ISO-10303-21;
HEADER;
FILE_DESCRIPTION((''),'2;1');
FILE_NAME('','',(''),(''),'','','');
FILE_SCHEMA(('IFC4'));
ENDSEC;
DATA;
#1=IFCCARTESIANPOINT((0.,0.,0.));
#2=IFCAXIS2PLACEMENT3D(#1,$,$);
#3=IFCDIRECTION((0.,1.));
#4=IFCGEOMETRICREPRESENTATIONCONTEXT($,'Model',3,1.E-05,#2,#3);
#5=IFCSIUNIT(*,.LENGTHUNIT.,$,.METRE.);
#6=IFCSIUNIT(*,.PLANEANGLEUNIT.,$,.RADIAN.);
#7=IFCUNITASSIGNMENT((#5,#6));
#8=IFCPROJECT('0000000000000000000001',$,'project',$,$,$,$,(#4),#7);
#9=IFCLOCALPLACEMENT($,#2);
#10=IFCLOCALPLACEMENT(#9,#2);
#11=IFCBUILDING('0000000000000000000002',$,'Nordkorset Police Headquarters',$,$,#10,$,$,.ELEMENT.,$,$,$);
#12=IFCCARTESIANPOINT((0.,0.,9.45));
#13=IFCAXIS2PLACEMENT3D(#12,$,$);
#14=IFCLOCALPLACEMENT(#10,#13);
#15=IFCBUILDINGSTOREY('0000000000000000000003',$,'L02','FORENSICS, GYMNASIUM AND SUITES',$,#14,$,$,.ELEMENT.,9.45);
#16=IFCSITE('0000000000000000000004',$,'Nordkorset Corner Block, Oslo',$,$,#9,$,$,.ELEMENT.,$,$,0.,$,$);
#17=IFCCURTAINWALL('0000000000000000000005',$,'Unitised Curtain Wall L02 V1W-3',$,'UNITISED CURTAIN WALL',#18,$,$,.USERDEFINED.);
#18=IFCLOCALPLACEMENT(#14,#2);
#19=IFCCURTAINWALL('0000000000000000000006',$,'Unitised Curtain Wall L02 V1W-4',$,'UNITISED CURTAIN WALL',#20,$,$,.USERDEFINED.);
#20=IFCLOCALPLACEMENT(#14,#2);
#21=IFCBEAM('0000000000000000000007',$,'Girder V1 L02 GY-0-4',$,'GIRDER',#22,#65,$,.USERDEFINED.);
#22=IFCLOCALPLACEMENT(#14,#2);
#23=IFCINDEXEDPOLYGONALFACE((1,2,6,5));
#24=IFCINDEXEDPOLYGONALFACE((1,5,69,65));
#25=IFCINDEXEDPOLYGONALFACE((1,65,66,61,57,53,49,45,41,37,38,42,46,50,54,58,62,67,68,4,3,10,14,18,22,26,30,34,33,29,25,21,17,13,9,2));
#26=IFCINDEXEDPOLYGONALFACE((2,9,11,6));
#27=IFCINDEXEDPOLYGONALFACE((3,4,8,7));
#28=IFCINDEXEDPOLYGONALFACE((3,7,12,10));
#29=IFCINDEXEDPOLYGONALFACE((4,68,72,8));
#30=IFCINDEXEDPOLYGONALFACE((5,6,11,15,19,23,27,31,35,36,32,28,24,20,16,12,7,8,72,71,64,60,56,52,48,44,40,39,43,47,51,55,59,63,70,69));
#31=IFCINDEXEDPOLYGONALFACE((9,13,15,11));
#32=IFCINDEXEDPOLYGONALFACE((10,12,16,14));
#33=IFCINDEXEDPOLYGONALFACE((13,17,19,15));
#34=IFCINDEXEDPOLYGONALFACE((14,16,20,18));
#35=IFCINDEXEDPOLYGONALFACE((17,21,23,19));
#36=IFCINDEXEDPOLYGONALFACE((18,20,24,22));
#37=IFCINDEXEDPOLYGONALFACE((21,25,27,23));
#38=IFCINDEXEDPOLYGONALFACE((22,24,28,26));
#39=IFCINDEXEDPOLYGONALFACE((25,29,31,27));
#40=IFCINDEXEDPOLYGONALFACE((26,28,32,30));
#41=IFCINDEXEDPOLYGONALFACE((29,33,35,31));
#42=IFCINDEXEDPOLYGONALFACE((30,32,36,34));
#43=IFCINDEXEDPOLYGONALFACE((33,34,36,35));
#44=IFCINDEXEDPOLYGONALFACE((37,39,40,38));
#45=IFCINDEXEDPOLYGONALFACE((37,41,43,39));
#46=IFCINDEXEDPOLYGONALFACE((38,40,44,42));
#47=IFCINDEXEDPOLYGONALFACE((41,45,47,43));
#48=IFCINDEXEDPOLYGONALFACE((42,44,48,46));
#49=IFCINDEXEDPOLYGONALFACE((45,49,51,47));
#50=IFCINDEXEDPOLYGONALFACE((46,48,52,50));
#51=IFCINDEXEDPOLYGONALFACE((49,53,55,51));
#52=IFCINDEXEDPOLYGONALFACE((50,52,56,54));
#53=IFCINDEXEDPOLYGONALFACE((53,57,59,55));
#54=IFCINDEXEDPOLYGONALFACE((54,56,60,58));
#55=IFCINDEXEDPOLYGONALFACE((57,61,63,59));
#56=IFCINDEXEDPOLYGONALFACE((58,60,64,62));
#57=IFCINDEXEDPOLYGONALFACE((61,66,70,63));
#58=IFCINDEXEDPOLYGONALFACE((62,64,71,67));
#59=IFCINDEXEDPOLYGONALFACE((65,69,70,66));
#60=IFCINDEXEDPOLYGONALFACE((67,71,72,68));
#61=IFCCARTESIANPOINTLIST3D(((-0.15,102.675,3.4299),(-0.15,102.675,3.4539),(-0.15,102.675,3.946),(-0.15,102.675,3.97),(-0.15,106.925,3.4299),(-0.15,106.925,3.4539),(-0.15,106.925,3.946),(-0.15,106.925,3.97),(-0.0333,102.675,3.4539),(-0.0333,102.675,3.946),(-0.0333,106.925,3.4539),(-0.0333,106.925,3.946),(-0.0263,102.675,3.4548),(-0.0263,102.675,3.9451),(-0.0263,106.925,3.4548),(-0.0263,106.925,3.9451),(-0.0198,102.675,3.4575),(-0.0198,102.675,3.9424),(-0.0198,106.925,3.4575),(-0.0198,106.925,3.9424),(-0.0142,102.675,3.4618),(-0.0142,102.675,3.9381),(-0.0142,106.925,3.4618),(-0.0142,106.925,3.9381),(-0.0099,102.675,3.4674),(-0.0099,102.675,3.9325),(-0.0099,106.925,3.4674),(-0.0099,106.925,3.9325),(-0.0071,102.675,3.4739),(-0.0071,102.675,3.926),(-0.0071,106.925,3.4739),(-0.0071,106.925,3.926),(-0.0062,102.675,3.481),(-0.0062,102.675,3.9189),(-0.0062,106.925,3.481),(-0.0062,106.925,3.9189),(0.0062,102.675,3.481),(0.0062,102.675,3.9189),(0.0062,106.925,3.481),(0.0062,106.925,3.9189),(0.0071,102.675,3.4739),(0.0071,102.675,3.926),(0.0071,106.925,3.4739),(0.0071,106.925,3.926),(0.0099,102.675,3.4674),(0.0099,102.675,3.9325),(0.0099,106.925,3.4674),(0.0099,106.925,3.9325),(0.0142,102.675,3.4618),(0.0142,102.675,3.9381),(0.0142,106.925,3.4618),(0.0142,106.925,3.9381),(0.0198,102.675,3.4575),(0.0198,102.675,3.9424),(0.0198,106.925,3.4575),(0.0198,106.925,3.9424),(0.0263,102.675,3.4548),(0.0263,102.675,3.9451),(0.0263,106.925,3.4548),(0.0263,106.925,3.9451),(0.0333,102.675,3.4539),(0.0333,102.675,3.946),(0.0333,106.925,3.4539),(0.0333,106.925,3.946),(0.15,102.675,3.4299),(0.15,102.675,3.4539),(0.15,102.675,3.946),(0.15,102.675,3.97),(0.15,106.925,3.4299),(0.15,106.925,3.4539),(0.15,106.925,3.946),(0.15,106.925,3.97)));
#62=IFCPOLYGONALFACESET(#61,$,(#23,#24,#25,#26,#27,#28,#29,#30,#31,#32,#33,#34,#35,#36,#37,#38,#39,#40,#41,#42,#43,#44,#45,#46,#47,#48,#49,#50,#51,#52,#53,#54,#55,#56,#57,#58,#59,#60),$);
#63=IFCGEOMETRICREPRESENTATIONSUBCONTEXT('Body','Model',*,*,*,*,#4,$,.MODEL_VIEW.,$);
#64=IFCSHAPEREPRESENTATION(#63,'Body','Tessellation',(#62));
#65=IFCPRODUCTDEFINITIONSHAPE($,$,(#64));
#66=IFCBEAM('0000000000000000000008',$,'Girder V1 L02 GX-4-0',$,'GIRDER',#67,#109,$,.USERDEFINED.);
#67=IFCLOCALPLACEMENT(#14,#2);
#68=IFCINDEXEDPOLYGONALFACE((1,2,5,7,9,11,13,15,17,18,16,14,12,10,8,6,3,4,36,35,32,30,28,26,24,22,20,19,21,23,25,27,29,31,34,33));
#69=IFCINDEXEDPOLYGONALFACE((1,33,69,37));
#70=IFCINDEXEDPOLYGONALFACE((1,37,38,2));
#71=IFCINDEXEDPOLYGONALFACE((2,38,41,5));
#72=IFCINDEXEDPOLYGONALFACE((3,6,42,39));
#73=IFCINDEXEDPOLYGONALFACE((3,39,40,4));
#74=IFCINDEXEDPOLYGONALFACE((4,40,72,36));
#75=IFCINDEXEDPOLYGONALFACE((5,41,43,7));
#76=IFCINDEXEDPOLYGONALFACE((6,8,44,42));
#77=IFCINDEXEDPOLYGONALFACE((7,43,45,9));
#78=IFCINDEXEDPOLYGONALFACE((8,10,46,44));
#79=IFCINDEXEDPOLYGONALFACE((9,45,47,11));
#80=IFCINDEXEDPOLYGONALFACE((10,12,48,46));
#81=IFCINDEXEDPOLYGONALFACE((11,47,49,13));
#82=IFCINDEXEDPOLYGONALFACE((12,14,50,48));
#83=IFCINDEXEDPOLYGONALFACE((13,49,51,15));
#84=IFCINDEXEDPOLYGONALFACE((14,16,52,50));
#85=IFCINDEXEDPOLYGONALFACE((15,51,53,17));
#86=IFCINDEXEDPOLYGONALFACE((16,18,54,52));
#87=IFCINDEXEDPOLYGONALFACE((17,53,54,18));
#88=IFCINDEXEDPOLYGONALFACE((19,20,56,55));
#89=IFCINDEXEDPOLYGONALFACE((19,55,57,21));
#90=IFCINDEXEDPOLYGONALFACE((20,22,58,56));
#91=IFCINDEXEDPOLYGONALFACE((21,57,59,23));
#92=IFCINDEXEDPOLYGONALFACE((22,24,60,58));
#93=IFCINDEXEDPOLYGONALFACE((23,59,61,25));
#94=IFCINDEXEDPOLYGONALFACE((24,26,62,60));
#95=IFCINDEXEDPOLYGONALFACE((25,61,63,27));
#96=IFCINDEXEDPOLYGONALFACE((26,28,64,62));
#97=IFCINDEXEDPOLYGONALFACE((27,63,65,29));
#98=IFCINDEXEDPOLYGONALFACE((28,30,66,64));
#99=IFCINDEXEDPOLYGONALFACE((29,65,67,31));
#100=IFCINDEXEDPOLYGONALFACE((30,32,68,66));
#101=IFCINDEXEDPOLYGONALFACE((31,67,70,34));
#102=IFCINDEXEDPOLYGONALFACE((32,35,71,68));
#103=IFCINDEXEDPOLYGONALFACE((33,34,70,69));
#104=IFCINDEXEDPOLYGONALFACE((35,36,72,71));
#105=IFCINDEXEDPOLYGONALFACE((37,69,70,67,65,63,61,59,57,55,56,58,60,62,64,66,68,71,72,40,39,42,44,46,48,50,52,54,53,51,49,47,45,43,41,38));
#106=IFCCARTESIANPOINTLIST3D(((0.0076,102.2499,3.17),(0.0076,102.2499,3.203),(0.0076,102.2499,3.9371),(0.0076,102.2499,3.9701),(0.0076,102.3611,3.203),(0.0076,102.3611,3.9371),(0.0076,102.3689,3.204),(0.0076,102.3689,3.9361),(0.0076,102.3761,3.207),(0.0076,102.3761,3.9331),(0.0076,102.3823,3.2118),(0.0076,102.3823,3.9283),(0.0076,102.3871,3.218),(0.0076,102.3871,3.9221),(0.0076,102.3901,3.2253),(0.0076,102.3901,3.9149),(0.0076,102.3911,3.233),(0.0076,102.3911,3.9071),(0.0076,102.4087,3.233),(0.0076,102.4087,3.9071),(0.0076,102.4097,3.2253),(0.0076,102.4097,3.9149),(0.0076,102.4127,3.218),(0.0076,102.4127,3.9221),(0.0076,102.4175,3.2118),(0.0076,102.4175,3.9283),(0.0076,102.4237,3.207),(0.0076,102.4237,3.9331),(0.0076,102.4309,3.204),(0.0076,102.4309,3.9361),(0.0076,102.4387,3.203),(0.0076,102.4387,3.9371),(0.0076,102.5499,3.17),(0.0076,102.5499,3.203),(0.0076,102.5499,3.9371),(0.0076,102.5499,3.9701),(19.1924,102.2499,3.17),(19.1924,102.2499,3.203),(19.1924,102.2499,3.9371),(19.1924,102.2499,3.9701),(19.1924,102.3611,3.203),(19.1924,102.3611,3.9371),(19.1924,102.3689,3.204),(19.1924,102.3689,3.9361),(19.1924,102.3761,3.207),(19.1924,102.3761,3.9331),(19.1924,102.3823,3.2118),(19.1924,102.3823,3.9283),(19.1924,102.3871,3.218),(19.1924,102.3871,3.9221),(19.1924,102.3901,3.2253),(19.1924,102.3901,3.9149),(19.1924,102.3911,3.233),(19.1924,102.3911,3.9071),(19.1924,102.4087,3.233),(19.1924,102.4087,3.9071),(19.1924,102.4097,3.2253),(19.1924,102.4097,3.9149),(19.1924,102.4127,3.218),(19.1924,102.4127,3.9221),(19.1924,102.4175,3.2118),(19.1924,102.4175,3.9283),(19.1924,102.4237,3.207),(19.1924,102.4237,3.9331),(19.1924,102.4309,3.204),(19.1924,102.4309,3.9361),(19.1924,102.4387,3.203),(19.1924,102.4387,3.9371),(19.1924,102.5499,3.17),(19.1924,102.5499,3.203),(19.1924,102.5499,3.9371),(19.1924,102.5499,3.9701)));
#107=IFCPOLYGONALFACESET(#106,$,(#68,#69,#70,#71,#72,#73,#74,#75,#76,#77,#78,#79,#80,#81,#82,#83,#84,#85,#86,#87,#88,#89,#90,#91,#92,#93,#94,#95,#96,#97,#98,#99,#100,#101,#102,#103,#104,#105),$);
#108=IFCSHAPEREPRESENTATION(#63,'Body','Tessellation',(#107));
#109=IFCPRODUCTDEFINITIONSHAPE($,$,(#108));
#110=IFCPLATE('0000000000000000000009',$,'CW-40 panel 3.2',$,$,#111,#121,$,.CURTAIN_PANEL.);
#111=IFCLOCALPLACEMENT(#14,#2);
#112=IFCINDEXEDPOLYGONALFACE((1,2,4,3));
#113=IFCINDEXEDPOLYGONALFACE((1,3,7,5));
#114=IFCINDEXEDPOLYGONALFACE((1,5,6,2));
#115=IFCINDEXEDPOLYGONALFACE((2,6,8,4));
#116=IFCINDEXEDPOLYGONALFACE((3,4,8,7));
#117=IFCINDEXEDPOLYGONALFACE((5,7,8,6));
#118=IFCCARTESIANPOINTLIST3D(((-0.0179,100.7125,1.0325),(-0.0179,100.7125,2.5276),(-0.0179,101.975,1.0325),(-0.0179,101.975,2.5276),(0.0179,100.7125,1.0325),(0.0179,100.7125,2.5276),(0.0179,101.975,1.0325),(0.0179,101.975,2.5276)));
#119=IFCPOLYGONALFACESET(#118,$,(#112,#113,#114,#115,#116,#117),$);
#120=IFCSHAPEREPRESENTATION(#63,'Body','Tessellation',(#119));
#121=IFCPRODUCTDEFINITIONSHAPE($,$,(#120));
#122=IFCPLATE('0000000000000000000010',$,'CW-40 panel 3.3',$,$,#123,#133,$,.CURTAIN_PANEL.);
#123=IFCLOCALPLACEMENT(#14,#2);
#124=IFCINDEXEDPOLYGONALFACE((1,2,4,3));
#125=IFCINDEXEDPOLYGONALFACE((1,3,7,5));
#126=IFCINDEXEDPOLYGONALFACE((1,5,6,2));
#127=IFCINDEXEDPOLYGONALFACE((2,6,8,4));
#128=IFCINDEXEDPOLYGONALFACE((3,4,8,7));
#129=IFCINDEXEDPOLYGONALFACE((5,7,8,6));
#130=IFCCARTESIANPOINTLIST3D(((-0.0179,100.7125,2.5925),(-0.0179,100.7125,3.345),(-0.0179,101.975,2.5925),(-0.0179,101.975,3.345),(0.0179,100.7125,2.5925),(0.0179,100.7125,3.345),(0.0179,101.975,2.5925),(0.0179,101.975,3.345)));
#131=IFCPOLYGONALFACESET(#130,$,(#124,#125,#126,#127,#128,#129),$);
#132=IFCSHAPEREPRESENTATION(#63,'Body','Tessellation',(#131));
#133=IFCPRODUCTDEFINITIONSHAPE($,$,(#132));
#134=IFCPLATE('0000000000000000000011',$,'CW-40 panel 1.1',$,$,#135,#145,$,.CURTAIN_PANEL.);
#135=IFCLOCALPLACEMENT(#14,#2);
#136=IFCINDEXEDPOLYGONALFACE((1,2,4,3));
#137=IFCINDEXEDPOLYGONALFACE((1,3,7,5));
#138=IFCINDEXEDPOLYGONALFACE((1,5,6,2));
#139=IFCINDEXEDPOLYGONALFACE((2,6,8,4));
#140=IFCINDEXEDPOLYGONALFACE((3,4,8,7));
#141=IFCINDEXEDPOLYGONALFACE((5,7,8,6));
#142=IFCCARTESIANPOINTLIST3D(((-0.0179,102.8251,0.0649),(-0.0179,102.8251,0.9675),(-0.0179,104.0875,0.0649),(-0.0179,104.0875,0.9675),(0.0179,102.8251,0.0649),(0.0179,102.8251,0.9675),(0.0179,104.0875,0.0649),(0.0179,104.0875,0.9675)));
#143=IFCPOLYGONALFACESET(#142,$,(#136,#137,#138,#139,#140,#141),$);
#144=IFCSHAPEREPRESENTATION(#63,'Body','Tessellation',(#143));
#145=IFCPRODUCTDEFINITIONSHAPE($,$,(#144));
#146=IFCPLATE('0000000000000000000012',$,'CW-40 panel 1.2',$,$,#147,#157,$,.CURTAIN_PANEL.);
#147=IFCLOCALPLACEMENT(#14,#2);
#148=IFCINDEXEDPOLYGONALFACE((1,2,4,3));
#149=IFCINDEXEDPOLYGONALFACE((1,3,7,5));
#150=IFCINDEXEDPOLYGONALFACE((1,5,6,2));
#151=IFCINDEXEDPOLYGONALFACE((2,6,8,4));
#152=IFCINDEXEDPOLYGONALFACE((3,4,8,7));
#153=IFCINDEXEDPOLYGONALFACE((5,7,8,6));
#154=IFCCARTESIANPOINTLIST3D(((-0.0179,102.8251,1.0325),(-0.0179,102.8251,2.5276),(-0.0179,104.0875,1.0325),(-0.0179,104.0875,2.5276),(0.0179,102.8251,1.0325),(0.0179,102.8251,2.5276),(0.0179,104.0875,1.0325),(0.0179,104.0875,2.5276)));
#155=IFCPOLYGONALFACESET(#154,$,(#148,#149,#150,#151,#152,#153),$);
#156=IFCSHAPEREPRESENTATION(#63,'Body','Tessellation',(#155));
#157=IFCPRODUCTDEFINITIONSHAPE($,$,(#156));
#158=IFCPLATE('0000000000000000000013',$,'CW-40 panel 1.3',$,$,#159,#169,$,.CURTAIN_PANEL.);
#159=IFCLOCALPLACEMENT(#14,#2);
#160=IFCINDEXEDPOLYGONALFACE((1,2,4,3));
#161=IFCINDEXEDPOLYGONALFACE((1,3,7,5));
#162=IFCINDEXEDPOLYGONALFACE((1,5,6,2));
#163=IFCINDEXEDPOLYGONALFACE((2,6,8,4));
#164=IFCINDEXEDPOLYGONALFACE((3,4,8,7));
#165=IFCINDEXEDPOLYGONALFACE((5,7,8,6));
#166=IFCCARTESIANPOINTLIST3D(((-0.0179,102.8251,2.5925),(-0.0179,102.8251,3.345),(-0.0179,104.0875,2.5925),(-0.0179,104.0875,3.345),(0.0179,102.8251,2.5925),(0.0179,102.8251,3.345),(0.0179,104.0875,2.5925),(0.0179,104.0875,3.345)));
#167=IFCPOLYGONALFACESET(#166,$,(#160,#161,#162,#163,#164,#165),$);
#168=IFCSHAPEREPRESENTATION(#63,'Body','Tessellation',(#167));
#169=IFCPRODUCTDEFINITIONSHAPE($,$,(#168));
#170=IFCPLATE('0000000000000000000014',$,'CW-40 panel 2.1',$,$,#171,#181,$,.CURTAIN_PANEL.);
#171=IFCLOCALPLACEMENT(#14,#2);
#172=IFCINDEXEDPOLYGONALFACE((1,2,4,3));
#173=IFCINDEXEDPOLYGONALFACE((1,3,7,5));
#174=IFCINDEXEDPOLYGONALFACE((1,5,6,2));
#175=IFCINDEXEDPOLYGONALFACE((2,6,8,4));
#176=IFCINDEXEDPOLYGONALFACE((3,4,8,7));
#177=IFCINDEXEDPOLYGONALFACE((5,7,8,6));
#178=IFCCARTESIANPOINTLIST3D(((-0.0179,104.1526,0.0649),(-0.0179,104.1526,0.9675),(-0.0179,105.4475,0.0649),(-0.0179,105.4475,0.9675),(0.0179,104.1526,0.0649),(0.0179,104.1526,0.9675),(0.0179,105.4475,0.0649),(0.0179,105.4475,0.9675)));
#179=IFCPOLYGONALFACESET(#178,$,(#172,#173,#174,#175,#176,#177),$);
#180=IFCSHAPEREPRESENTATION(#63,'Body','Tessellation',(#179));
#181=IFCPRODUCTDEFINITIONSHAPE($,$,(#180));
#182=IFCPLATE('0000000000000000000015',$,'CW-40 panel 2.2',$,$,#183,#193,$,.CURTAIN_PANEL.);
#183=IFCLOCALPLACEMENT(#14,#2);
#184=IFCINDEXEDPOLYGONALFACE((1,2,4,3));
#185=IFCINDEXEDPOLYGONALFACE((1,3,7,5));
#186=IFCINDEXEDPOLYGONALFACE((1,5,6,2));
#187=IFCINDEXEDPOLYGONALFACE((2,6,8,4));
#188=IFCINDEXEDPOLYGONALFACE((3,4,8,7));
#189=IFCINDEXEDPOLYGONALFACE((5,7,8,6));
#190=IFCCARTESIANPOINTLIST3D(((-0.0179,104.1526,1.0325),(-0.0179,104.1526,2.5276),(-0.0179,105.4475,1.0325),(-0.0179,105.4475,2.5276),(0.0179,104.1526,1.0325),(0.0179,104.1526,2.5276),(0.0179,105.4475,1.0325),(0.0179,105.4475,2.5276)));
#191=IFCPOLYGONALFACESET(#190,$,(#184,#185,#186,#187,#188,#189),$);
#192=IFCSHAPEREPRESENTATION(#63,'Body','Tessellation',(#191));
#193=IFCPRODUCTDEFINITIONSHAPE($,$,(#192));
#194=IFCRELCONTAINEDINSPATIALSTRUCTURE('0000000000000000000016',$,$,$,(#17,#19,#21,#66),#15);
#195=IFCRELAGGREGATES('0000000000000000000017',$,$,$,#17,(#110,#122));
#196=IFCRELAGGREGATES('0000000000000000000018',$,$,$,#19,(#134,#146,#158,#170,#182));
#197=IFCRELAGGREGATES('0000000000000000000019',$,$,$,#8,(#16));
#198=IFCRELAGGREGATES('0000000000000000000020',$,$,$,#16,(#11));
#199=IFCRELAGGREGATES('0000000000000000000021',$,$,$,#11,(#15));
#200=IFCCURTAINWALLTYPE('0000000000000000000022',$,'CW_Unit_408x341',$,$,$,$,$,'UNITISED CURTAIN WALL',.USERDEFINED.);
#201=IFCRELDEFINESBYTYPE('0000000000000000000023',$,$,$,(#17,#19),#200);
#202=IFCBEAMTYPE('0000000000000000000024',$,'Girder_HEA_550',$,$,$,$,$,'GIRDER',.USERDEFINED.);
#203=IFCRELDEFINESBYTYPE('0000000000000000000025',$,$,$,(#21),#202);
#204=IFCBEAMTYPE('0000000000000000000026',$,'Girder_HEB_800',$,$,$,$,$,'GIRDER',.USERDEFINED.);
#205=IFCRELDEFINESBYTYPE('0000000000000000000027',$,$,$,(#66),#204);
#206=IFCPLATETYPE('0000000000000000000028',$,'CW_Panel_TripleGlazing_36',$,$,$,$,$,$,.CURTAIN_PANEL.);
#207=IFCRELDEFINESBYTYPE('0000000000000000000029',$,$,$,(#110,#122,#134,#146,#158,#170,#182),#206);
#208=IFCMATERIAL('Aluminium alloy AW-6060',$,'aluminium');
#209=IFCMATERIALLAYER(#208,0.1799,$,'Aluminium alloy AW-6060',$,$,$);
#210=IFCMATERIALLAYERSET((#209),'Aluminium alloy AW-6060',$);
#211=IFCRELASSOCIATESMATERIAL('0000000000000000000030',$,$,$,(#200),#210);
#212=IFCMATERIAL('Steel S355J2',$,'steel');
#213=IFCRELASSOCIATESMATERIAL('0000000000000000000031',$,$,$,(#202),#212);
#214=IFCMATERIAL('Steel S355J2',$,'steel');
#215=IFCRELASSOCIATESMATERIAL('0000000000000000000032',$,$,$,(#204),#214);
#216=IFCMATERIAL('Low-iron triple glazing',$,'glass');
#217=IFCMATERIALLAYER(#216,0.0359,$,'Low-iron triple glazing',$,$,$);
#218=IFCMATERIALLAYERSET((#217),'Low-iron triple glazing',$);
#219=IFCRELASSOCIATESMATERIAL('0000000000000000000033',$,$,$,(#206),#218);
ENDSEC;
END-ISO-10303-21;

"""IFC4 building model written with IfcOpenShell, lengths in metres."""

from ifc_helpers import new_model, si_unit, direction, frame, origin, origin_2d, place, context, subcontext, project, spatial, rectangle, i_section, extrude, material, layer, layer_set, material_profile, profile_set, type_object, element, aggregate, save


model = new_model("IFC4")

# Units and contexts
model_context = context("Model", 3, precision=1e-05, world=origin(), true_north=direction((0.0, 1.0)))
body_context = subcontext(model_context, "Body", "Model", "MODEL_VIEW")
ifc_project = project(units=[si_unit("LENGTHUNIT", "METRE"), si_unit("PLANEANGLEUNIT", "RADIAN")], contexts=[model_context])

# Site, building, storey
site_placement = place(None, origin())
site = spatial("IfcSite", under=ifc_project, at=site_placement, Name="Nordkorset Corner Block, Oslo", CompositionType="ELEMENT", RefElevation=0.0)
building_placement = place(site_placement, origin())
building = spatial("IfcBuilding", under=site, at=building_placement, Name="Nordkorset Police Headquarters", CompositionType="ELEMENT")
storey_placement = place(building_placement, frame((0.0, 0.0, 9.45)))
storey = spatial("IfcBuildingStorey", under=building, at=storey_placement, Name="L02", Description="FORENSICS, GYMNASIUM AND SUITES", CompositionType="ELEMENT", Elevation=9.45)

# Curtain wall
ifc_material_1 = material(Name="Aluminium alloy AW-6060", Category="aluminium")
ifc_layer_1 = layer(ifc_material_1, 0.1799, Name="Aluminium alloy AW-6060")
ifc_layer_set_1 = layer_set([ifc_layer_1], Name="Aluminium alloy AW-6060")
curtain_wall_type = type_object("IfcCurtainWallType", Name="CW_Unit_408x341", ElementType="UNITISED CURTAIN WALL", PredefinedType="USERDEFINED", material=ifc_layer_set_1)
curtain_wall_1_placement = place(storey_placement, origin())
curtain_wall_1 = element("IfcCurtainWall", 1, at=curtain_wall_1_placement, inside=storey, type_object=curtain_wall_type, Name="Unitised Curtain Wall L02 V1W-3", ObjectType="UNITISED CURTAIN WALL", PredefinedType="USERDEFINED")

# Curtain wall
curtain_wall_2_placement = place(storey_placement, origin())
curtain_wall_2 = element("IfcCurtainWall", 2, at=curtain_wall_2_placement, inside=storey, type_object=curtain_wall_type, Name="Unitised Curtain Wall L02 V1W-4", ObjectType="UNITISED CURTAIN WALL", PredefinedType="USERDEFINED")

# Beams
ifc_material_2 = material(Name="Steel S355J2", Category="steel")
ifc_material_profile_1 = material_profile(ifc_material_2, i_section(OverallWidth=0.3, OverallDepth=0.54, WebThickness=0.0125, FlangeThickness=0.0239, FilletRadius=0.0271, at=origin_2d()), Name="HEA 550")
ifc_profile_set_1 = profile_set([ifc_material_profile_1], Name="Steel S355J2")
beam_type_1 = type_object("IfcBeamType", Name="Girder_HEA_550", ElementType="GIRDER", PredefinedType="USERDEFINED", material=ifc_profile_set_1)
beam_1_placement = place(storey_placement, frame((0.0, 102.675, 3.7), z_axis=(0.0, 1.0, 0.0), x_axis=(-1.0, 0.0, 0.0)))
element("IfcBeam", 3, at=beam_1_placement, inside=storey, type_object=beam_type_1, Name="Girder V1 L02 GY-0-4", ObjectType="GIRDER", PredefinedType="USERDEFINED", context=body_context, shape_type="SweptSolid", body=[
    extrude(i_section(OverallWidth=0.3, OverallDepth=0.54, WebThickness=0.0125, FlangeThickness=0.0239, FilletRadius=0.0271, at=origin_2d()), origin(), (0.0, 0.0, 1.0), 4.25),
])
ifc_material_3 = material(Name="Steel S355J2", Category="steel")
ifc_material_profile_2 = material_profile(ifc_material_3, i_section(OverallWidth=0.3, OverallDepth=0.8, WebThickness=0.0176, FlangeThickness=0.033, FilletRadius=0.03, at=origin_2d()), Name="HEB 800")
ifc_profile_set_2 = profile_set([ifc_material_profile_2], Name="Steel S355J2")
beam_type_2 = type_object("IfcBeamType", Name="Girder_HEB_800", ElementType="GIRDER", PredefinedType="USERDEFINED", material=ifc_profile_set_2)
beam_2_placement = place(storey_placement, frame((0.0076, 102.3999, 3.5701), z_axis=(1.0, 0.0, 0.0), x_axis=(0.0, 1.0, 0.0)))
element("IfcBeam", 4, at=beam_2_placement, inside=storey, type_object=beam_type_2, Name="Girder V1 L02 GX-4-0", ObjectType="GIRDER", PredefinedType="USERDEFINED", context=body_context, shape_type="SweptSolid", body=[
    extrude(i_section(OverallWidth=0.3, OverallDepth=0.8, WebThickness=0.0176, FlangeThickness=0.033, FilletRadius=0.03, at=origin_2d()), origin(), (0.0, 0.0, 1.0), 19.1848),
])

# Plates
ifc_material_4 = material(Name="Low-iron triple glazing", Category="glass")
ifc_layer_2 = layer(ifc_material_4, 0.0359, Name="Low-iron triple glazing")
ifc_layer_set_2 = layer_set([ifc_layer_2], Name="Low-iron triple glazing")
plate_type = type_object("IfcPlateType", Name="CW_Panel_TripleGlazing_36", PredefinedType="CURTAIN_PANEL", material=ifc_layer_set_2)
plate_1_placement = place(storey_placement, frame((0.0, 101.3438, 1.0325), z_axis=(0.0, 0.0, 1.0), x_axis=(0.0, 1.0, 0.0)))
plate_1 = element("IfcPlate", 5, at=plate_1_placement, type_object=plate_type, Name="CW-40 panel 3.2", PredefinedType="CURTAIN_PANEL", context=body_context, shape_type="SweptSolid", body=[
    extrude(rectangle(XDim=1.2625, YDim=0.0359, at=origin_2d()), origin(), (0.0, 0.0, 1.0), 1.4951),
])
plate_2_placement = place(storey_placement, frame((0.0, 101.3438, 2.5925), z_axis=(0.0, 0.0, 1.0), x_axis=(0.0, 1.0, 0.0)))
plate_2 = element("IfcPlate", 6, at=plate_2_placement, type_object=plate_type, Name="CW-40 panel 3.3", PredefinedType="CURTAIN_PANEL", context=body_context, shape_type="SweptSolid", body=[
    extrude(rectangle(XDim=1.2625, YDim=0.0359, at=origin_2d()), origin(), (0.0, 0.0, 1.0), 0.7524),
])
aggregate(curtain_wall_1, [plate_1, plate_2])
plate_3_placement = place(storey_placement, frame((0.0, 103.4563, 0.0649), z_axis=(0.0, 0.0, 1.0), x_axis=(0.0, 1.0, 0.0)))
plate_3 = element("IfcPlate", 7, at=plate_3_placement, type_object=plate_type, Name="CW-40 panel 1.1", PredefinedType="CURTAIN_PANEL", context=body_context, shape_type="SweptSolid", body=[
    extrude(rectangle(XDim=1.2625, YDim=0.0359, at=origin_2d()), origin(), (0.0, 0.0, 1.0), 0.9026),
])
plate_4_placement = place(storey_placement, frame((0.0, 103.4563, 1.0325), z_axis=(0.0, 0.0, 1.0), x_axis=(0.0, 1.0, 0.0)))
plate_4 = element("IfcPlate", 8, at=plate_4_placement, type_object=plate_type, Name="CW-40 panel 1.2", PredefinedType="CURTAIN_PANEL", context=body_context, shape_type="SweptSolid", body=[
    extrude(rectangle(XDim=1.2625, YDim=0.0359, at=origin_2d()), origin(), (0.0, 0.0, 1.0), 1.4951),
])
plate_5_placement = place(storey_placement, frame((0.0, 103.4563, 2.5925), z_axis=(0.0, 0.0, 1.0), x_axis=(0.0, 1.0, 0.0)))
plate_5 = element("IfcPlate", 9, at=plate_5_placement, type_object=plate_type, Name="CW-40 panel 1.3", PredefinedType="CURTAIN_PANEL", context=body_context, shape_type="SweptSolid", body=[
    extrude(rectangle(XDim=1.2625, YDim=0.0359, at=origin_2d()), origin(), (0.0, 0.0, 1.0), 0.7524),
])
plate_6_placement = place(storey_placement, frame((0.0, 104.8, 0.0649), z_axis=(0.0, 0.0, 1.0), x_axis=(0.0, 1.0, 0.0)))
plate_6 = element("IfcPlate", 10, at=plate_6_placement, type_object=plate_type, Name="CW-40 panel 2.1", PredefinedType="CURTAIN_PANEL", context=body_context, shape_type="SweptSolid", body=[
    extrude(rectangle(XDim=1.2949, YDim=0.0359, at=origin_2d()), origin(), (0.0, 0.0, 1.0), 0.9026),
])
plate_7_placement = place(storey_placement, frame((0.0, 104.8, 1.0325), z_axis=(0.0, 0.0, 1.0), x_axis=(0.0, 1.0, 0.0)))
plate_7 = element("IfcPlate", 11, at=plate_7_placement, type_object=plate_type, Name="CW-40 panel 2.2", PredefinedType="CURTAIN_PANEL", context=body_context, shape_type="SweptSolid", body=[
    extrude(rectangle(XDim=1.2949, YDim=0.0359, at=origin_2d()), origin(), (0.0, 0.0, 1.0), 1.4951),
])
aggregate(curtain_wall_2, [plate_3, plate_4, plate_5, plate_6, plate_7])

save(model, "model.ifc")
